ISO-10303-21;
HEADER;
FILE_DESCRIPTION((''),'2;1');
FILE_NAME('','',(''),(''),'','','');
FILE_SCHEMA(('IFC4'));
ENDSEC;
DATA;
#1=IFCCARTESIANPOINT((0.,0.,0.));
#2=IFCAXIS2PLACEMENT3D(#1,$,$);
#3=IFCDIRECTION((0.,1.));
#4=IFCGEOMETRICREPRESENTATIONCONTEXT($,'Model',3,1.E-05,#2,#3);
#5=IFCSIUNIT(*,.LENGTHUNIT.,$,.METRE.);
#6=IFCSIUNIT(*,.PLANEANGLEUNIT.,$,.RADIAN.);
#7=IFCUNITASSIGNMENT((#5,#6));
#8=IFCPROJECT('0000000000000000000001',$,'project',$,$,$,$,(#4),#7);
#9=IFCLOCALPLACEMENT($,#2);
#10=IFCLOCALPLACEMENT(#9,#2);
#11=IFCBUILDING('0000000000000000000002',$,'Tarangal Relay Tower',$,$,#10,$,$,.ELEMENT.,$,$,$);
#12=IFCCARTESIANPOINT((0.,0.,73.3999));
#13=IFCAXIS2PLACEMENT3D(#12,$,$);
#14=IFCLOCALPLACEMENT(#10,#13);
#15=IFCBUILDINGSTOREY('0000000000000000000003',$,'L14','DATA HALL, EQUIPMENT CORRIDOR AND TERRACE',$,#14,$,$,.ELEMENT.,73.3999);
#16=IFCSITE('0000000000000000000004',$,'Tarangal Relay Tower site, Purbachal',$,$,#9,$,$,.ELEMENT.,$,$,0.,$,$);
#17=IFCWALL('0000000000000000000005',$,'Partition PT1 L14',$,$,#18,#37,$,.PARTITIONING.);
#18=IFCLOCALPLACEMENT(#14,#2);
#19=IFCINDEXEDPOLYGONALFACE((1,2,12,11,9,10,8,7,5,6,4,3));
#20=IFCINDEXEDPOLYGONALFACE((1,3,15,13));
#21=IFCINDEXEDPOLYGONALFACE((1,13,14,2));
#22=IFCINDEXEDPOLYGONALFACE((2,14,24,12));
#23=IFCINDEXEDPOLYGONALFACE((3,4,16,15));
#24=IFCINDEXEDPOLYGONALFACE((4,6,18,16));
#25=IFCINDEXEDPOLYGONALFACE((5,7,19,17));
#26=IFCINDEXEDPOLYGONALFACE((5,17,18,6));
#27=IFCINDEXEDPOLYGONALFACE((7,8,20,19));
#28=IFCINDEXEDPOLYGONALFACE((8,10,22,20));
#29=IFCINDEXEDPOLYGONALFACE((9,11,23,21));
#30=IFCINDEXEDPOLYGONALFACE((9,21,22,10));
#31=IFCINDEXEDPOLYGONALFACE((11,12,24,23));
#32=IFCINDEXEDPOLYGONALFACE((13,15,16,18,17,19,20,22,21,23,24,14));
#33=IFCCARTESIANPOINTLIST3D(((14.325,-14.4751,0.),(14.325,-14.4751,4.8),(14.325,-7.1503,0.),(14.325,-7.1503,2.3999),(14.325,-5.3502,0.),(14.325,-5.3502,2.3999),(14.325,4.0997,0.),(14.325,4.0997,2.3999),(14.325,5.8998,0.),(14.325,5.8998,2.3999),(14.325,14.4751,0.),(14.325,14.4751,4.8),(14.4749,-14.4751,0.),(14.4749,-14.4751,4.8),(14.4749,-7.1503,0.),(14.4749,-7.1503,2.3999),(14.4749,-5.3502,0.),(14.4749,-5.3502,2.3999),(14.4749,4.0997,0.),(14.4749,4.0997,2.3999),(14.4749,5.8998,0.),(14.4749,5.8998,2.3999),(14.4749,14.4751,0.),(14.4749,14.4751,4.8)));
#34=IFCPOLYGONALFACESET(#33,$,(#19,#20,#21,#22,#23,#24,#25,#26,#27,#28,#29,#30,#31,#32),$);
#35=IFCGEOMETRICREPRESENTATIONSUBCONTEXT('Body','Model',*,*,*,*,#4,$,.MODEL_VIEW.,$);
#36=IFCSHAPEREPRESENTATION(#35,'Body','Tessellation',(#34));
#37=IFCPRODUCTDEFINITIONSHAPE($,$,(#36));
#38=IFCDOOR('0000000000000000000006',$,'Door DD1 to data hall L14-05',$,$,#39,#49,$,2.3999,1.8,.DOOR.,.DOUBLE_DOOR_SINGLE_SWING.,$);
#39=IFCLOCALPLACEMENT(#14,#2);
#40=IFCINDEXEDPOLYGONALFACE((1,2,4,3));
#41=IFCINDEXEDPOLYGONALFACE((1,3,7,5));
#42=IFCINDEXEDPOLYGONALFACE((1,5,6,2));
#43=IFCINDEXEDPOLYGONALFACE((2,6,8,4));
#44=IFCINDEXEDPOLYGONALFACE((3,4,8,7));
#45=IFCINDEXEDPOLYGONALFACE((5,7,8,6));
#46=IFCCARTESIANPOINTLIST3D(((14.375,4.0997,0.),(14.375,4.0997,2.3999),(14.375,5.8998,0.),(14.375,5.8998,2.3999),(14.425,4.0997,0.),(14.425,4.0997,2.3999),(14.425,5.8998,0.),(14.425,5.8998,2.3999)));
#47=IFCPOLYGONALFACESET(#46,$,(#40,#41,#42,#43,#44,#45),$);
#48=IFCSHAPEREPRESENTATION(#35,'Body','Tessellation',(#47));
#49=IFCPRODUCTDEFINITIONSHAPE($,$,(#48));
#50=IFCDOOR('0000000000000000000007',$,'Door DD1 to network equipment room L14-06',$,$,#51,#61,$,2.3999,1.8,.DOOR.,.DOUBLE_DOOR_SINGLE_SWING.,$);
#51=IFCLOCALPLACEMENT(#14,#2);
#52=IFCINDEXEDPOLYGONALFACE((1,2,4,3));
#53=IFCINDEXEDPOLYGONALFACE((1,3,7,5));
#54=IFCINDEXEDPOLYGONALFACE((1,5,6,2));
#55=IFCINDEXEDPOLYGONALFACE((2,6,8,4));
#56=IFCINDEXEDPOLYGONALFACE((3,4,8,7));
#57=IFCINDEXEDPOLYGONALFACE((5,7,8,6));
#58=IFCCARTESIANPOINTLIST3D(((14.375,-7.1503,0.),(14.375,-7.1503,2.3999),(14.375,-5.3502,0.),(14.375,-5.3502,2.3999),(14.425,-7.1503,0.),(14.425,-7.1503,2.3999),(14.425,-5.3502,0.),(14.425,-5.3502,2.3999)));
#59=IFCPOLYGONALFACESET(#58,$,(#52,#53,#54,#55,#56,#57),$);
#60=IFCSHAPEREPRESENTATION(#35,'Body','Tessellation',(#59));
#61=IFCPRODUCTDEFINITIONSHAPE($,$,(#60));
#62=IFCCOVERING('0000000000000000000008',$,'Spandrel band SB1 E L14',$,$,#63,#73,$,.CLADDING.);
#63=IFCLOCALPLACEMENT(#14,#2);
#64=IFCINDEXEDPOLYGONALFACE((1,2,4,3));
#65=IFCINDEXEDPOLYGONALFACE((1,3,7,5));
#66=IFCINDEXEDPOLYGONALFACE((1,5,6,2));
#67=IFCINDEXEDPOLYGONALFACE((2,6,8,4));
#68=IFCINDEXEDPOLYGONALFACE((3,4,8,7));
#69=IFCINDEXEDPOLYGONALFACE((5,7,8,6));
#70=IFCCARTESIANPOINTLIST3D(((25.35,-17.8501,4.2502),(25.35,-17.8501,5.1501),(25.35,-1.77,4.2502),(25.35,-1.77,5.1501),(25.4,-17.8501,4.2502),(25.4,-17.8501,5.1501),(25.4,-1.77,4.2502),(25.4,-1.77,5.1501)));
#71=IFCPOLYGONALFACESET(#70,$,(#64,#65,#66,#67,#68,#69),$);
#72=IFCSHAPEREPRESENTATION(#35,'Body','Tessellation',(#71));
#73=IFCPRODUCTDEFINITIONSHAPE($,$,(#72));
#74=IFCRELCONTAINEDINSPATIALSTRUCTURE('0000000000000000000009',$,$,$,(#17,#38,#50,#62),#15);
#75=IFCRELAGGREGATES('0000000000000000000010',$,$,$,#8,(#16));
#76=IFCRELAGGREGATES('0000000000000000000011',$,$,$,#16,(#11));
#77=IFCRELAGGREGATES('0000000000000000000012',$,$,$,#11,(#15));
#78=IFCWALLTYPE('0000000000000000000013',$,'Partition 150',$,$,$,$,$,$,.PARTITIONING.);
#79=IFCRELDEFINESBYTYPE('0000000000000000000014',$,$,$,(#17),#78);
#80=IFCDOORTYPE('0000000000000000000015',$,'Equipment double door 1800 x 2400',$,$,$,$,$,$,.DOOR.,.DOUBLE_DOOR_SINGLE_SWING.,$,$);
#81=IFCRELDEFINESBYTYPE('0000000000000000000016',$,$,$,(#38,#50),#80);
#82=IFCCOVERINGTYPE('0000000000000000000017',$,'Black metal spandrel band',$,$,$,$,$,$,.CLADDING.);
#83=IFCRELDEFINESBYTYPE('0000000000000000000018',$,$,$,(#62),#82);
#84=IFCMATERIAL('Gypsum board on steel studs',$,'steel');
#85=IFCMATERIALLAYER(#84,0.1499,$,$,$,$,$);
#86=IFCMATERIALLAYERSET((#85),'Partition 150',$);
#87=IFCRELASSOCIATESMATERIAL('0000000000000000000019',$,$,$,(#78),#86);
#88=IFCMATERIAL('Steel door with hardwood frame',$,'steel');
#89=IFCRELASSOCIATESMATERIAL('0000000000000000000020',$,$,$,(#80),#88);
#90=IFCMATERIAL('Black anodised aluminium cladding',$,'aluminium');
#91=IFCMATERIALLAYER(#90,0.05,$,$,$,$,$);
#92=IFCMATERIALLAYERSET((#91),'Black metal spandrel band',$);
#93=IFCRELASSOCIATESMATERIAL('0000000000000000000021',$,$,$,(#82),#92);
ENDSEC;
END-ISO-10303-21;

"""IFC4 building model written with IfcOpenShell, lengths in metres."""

from ifc_helpers import new_model, si_unit, direction, frame, frame_2d, origin, origin_2d, place, context, subcontext, project, spatial, rectangle, extrude, material, layer, layer_set, type_object, element, fill, save


model = new_model("IFC4")

# Units and contexts
model_context = context("Model", 3, precision=1e-05, world=origin(), true_north=direction((0.0, 1.0)))
body_context = subcontext(model_context, "Body", "Model", "MODEL_VIEW")
ifc_project = project(units=[si_unit("LENGTHUNIT", "METRE"), si_unit("PLANEANGLEUNIT", "RADIAN")], contexts=[model_context])

# Site, building, storey
site_placement = place(None, origin())
site = spatial("IfcSite", under=ifc_project, at=site_placement, Name="Tarangal Relay Tower site, Purbachal", CompositionType="ELEMENT", RefElevation=0.0)
building_placement = place(site_placement, origin())
building = spatial("IfcBuilding", under=site, at=building_placement, Name="Tarangal Relay Tower", CompositionType="ELEMENT")
storey_placement = place(building_placement, frame((0.0, 0.0, 73.3999)))
storey = spatial("IfcBuildingStorey", under=building, at=storey_placement, Name="L14", Description="DATA HALL, EQUIPMENT CORRIDOR AND TERRACE", CompositionType="ELEMENT", Elevation=73.3999)

# Shared definitions
ifc_material_1 = material(Name="Steel door with hardwood frame", Category="steel")

# Shared definitions
ifc_material_2 = material(Name="Gypsum board on steel studs", Category="steel")
ifc_layer_1 = layer(ifc_material_2, 0.1499)
ifc_layer_set_1 = layer_set([ifc_layer_1], Name="Partition 150")
wall_type_1 = type_object("IfcWallType", Name="Partition 150", PredefinedType="PARTITIONING", material=ifc_layer_set_1)

# Wall, openings, doors
wall_1_placement = place(storey_placement, frame((14.3999, -14.4751, 0.0), z_axis=(0.0, 0.0, 1.0), x_axis=(0.0, 1.0, 0.0)))
wall_1 = element("IfcWall", 1, at=wall_1_placement, inside=storey, type_object=wall_type_1, Name="Partition PT1 L14", PredefinedType="PARTITIONING", context=body_context, shape_type="SweptSolid", body=[
    extrude(rectangle(XDim=28.9502, YDim=0.1499, at=frame_2d((14.4751, 0.0))), origin(), (0.0, 0.0, 1.0), 4.8),
])
opening_1_placement = place(wall_1_placement, frame((18.575, 0.0, 0.0)))
opening_1 = element("IfcOpeningElement", 2, at=opening_1_placement, cuts=wall_1, PredefinedType="OPENING", context=body_context, shape_type="SweptSolid", body=[
    extrude(rectangle(XDim=1.8, YDim=2.3999, at=frame_2d((0.8999, 1.2))), frame((0.0, 0.085, 0.0), z_axis=(0.0, -1.0, 0.0), x_axis=(1.0, 0.0, 0.0)), (0.0, 0.0, 1.0), 0.1699),
])
opening_2_placement = place(wall_1_placement, frame((7.325, 0.0, 0.0)))
opening_2 = element("IfcOpeningElement", 3, at=opening_2_placement, cuts=wall_1, PredefinedType="OPENING", context=body_context, shape_type="SweptSolid", body=[
    extrude(rectangle(XDim=1.8, YDim=2.3999, at=frame_2d((0.8999, 1.2))), frame((0.0, 0.085, 0.0), z_axis=(0.0, -1.0, 0.0), x_axis=(1.0, 0.0, 0.0)), (0.0, 0.0, 1.0), 0.1699),
])
door_type_1 = type_object("IfcDoorType", Name="Equipment double door 1800 x 2400", OperationType="DOUBLE_DOOR_SINGLE_SWING", PredefinedType="DOOR", material=ifc_material_1)
door_1_placement = place(opening_1_placement, origin())
door_1 = element("IfcDoor", 4, at=door_1_placement, inside=storey, type_object=door_type_1, Name="Door DD1 to data hall L14-05", OperationType="DOUBLE_DOOR_SINGLE_SWING", OverallHeight=2.3999, OverallWidth=1.8, PredefinedType="DOOR", context=body_context, shape_type="SweptSolid", body=[
    extrude(rectangle(XDim=1.8, YDim=2.3999, at=frame_2d((0.8999, 1.2))), frame((0.0, 0.0249, 0.0), z_axis=(0.0, -1.0, 0.0), x_axis=(1.0, 0.0, 0.0)), (0.0, 0.0, 1.0), 0.05),
])
fill(opening_1, door_1)
door_2_placement = place(opening_2_placement, origin())
door_2 = element("IfcDoor", 5, at=door_2_placement, inside=storey, type_object=door_type_1, Name="Door DD1 to network equipment room L14-06", OperationType="DOUBLE_DOOR_SINGLE_SWING", OverallHeight=2.3999, OverallWidth=1.8, PredefinedType="DOOR", context=body_context, shape_type="SweptSolid", body=[
    extrude(rectangle(XDim=1.8, YDim=2.3999, at=frame_2d((0.8999, 1.2))), frame((0.0, 0.0249, 0.0), z_axis=(0.0, -1.0, 0.0), x_axis=(1.0, 0.0, 0.0)), (0.0, 0.0, 1.0), 0.05),
])
fill(opening_2, door_2)

# Covering
ifc_material_3 = material(Name="Black anodised aluminium cladding", Category="aluminium")
ifc_layer_2 = layer(ifc_material_3, 0.05)
ifc_layer_set_2 = layer_set([ifc_layer_2], Name="Black metal spandrel band")
covering_type = type_object("IfcCoveringType", Name="Black metal spandrel band", PredefinedType="CLADDING", material=ifc_layer_set_2)
covering_placement = place(storey_placement, frame((25.375, -9.8101, 4.2502), z_axis=(0.0, 0.0, 1.0), x_axis=(0.0, -1.0, 0.0)))
element("IfcCovering", 6, at=covering_placement, inside=storey, type_object=covering_type, Name="Spandrel band SB1 E L14", PredefinedType="CLADDING", context=body_context, shape_type="SweptSolid", body=[
    extrude(rectangle(XDim=16.0801, YDim=0.05, at=origin_2d()), origin(), (0.0, 0.0, 1.0), 0.8999),
])

save(model, "model.ifc")
